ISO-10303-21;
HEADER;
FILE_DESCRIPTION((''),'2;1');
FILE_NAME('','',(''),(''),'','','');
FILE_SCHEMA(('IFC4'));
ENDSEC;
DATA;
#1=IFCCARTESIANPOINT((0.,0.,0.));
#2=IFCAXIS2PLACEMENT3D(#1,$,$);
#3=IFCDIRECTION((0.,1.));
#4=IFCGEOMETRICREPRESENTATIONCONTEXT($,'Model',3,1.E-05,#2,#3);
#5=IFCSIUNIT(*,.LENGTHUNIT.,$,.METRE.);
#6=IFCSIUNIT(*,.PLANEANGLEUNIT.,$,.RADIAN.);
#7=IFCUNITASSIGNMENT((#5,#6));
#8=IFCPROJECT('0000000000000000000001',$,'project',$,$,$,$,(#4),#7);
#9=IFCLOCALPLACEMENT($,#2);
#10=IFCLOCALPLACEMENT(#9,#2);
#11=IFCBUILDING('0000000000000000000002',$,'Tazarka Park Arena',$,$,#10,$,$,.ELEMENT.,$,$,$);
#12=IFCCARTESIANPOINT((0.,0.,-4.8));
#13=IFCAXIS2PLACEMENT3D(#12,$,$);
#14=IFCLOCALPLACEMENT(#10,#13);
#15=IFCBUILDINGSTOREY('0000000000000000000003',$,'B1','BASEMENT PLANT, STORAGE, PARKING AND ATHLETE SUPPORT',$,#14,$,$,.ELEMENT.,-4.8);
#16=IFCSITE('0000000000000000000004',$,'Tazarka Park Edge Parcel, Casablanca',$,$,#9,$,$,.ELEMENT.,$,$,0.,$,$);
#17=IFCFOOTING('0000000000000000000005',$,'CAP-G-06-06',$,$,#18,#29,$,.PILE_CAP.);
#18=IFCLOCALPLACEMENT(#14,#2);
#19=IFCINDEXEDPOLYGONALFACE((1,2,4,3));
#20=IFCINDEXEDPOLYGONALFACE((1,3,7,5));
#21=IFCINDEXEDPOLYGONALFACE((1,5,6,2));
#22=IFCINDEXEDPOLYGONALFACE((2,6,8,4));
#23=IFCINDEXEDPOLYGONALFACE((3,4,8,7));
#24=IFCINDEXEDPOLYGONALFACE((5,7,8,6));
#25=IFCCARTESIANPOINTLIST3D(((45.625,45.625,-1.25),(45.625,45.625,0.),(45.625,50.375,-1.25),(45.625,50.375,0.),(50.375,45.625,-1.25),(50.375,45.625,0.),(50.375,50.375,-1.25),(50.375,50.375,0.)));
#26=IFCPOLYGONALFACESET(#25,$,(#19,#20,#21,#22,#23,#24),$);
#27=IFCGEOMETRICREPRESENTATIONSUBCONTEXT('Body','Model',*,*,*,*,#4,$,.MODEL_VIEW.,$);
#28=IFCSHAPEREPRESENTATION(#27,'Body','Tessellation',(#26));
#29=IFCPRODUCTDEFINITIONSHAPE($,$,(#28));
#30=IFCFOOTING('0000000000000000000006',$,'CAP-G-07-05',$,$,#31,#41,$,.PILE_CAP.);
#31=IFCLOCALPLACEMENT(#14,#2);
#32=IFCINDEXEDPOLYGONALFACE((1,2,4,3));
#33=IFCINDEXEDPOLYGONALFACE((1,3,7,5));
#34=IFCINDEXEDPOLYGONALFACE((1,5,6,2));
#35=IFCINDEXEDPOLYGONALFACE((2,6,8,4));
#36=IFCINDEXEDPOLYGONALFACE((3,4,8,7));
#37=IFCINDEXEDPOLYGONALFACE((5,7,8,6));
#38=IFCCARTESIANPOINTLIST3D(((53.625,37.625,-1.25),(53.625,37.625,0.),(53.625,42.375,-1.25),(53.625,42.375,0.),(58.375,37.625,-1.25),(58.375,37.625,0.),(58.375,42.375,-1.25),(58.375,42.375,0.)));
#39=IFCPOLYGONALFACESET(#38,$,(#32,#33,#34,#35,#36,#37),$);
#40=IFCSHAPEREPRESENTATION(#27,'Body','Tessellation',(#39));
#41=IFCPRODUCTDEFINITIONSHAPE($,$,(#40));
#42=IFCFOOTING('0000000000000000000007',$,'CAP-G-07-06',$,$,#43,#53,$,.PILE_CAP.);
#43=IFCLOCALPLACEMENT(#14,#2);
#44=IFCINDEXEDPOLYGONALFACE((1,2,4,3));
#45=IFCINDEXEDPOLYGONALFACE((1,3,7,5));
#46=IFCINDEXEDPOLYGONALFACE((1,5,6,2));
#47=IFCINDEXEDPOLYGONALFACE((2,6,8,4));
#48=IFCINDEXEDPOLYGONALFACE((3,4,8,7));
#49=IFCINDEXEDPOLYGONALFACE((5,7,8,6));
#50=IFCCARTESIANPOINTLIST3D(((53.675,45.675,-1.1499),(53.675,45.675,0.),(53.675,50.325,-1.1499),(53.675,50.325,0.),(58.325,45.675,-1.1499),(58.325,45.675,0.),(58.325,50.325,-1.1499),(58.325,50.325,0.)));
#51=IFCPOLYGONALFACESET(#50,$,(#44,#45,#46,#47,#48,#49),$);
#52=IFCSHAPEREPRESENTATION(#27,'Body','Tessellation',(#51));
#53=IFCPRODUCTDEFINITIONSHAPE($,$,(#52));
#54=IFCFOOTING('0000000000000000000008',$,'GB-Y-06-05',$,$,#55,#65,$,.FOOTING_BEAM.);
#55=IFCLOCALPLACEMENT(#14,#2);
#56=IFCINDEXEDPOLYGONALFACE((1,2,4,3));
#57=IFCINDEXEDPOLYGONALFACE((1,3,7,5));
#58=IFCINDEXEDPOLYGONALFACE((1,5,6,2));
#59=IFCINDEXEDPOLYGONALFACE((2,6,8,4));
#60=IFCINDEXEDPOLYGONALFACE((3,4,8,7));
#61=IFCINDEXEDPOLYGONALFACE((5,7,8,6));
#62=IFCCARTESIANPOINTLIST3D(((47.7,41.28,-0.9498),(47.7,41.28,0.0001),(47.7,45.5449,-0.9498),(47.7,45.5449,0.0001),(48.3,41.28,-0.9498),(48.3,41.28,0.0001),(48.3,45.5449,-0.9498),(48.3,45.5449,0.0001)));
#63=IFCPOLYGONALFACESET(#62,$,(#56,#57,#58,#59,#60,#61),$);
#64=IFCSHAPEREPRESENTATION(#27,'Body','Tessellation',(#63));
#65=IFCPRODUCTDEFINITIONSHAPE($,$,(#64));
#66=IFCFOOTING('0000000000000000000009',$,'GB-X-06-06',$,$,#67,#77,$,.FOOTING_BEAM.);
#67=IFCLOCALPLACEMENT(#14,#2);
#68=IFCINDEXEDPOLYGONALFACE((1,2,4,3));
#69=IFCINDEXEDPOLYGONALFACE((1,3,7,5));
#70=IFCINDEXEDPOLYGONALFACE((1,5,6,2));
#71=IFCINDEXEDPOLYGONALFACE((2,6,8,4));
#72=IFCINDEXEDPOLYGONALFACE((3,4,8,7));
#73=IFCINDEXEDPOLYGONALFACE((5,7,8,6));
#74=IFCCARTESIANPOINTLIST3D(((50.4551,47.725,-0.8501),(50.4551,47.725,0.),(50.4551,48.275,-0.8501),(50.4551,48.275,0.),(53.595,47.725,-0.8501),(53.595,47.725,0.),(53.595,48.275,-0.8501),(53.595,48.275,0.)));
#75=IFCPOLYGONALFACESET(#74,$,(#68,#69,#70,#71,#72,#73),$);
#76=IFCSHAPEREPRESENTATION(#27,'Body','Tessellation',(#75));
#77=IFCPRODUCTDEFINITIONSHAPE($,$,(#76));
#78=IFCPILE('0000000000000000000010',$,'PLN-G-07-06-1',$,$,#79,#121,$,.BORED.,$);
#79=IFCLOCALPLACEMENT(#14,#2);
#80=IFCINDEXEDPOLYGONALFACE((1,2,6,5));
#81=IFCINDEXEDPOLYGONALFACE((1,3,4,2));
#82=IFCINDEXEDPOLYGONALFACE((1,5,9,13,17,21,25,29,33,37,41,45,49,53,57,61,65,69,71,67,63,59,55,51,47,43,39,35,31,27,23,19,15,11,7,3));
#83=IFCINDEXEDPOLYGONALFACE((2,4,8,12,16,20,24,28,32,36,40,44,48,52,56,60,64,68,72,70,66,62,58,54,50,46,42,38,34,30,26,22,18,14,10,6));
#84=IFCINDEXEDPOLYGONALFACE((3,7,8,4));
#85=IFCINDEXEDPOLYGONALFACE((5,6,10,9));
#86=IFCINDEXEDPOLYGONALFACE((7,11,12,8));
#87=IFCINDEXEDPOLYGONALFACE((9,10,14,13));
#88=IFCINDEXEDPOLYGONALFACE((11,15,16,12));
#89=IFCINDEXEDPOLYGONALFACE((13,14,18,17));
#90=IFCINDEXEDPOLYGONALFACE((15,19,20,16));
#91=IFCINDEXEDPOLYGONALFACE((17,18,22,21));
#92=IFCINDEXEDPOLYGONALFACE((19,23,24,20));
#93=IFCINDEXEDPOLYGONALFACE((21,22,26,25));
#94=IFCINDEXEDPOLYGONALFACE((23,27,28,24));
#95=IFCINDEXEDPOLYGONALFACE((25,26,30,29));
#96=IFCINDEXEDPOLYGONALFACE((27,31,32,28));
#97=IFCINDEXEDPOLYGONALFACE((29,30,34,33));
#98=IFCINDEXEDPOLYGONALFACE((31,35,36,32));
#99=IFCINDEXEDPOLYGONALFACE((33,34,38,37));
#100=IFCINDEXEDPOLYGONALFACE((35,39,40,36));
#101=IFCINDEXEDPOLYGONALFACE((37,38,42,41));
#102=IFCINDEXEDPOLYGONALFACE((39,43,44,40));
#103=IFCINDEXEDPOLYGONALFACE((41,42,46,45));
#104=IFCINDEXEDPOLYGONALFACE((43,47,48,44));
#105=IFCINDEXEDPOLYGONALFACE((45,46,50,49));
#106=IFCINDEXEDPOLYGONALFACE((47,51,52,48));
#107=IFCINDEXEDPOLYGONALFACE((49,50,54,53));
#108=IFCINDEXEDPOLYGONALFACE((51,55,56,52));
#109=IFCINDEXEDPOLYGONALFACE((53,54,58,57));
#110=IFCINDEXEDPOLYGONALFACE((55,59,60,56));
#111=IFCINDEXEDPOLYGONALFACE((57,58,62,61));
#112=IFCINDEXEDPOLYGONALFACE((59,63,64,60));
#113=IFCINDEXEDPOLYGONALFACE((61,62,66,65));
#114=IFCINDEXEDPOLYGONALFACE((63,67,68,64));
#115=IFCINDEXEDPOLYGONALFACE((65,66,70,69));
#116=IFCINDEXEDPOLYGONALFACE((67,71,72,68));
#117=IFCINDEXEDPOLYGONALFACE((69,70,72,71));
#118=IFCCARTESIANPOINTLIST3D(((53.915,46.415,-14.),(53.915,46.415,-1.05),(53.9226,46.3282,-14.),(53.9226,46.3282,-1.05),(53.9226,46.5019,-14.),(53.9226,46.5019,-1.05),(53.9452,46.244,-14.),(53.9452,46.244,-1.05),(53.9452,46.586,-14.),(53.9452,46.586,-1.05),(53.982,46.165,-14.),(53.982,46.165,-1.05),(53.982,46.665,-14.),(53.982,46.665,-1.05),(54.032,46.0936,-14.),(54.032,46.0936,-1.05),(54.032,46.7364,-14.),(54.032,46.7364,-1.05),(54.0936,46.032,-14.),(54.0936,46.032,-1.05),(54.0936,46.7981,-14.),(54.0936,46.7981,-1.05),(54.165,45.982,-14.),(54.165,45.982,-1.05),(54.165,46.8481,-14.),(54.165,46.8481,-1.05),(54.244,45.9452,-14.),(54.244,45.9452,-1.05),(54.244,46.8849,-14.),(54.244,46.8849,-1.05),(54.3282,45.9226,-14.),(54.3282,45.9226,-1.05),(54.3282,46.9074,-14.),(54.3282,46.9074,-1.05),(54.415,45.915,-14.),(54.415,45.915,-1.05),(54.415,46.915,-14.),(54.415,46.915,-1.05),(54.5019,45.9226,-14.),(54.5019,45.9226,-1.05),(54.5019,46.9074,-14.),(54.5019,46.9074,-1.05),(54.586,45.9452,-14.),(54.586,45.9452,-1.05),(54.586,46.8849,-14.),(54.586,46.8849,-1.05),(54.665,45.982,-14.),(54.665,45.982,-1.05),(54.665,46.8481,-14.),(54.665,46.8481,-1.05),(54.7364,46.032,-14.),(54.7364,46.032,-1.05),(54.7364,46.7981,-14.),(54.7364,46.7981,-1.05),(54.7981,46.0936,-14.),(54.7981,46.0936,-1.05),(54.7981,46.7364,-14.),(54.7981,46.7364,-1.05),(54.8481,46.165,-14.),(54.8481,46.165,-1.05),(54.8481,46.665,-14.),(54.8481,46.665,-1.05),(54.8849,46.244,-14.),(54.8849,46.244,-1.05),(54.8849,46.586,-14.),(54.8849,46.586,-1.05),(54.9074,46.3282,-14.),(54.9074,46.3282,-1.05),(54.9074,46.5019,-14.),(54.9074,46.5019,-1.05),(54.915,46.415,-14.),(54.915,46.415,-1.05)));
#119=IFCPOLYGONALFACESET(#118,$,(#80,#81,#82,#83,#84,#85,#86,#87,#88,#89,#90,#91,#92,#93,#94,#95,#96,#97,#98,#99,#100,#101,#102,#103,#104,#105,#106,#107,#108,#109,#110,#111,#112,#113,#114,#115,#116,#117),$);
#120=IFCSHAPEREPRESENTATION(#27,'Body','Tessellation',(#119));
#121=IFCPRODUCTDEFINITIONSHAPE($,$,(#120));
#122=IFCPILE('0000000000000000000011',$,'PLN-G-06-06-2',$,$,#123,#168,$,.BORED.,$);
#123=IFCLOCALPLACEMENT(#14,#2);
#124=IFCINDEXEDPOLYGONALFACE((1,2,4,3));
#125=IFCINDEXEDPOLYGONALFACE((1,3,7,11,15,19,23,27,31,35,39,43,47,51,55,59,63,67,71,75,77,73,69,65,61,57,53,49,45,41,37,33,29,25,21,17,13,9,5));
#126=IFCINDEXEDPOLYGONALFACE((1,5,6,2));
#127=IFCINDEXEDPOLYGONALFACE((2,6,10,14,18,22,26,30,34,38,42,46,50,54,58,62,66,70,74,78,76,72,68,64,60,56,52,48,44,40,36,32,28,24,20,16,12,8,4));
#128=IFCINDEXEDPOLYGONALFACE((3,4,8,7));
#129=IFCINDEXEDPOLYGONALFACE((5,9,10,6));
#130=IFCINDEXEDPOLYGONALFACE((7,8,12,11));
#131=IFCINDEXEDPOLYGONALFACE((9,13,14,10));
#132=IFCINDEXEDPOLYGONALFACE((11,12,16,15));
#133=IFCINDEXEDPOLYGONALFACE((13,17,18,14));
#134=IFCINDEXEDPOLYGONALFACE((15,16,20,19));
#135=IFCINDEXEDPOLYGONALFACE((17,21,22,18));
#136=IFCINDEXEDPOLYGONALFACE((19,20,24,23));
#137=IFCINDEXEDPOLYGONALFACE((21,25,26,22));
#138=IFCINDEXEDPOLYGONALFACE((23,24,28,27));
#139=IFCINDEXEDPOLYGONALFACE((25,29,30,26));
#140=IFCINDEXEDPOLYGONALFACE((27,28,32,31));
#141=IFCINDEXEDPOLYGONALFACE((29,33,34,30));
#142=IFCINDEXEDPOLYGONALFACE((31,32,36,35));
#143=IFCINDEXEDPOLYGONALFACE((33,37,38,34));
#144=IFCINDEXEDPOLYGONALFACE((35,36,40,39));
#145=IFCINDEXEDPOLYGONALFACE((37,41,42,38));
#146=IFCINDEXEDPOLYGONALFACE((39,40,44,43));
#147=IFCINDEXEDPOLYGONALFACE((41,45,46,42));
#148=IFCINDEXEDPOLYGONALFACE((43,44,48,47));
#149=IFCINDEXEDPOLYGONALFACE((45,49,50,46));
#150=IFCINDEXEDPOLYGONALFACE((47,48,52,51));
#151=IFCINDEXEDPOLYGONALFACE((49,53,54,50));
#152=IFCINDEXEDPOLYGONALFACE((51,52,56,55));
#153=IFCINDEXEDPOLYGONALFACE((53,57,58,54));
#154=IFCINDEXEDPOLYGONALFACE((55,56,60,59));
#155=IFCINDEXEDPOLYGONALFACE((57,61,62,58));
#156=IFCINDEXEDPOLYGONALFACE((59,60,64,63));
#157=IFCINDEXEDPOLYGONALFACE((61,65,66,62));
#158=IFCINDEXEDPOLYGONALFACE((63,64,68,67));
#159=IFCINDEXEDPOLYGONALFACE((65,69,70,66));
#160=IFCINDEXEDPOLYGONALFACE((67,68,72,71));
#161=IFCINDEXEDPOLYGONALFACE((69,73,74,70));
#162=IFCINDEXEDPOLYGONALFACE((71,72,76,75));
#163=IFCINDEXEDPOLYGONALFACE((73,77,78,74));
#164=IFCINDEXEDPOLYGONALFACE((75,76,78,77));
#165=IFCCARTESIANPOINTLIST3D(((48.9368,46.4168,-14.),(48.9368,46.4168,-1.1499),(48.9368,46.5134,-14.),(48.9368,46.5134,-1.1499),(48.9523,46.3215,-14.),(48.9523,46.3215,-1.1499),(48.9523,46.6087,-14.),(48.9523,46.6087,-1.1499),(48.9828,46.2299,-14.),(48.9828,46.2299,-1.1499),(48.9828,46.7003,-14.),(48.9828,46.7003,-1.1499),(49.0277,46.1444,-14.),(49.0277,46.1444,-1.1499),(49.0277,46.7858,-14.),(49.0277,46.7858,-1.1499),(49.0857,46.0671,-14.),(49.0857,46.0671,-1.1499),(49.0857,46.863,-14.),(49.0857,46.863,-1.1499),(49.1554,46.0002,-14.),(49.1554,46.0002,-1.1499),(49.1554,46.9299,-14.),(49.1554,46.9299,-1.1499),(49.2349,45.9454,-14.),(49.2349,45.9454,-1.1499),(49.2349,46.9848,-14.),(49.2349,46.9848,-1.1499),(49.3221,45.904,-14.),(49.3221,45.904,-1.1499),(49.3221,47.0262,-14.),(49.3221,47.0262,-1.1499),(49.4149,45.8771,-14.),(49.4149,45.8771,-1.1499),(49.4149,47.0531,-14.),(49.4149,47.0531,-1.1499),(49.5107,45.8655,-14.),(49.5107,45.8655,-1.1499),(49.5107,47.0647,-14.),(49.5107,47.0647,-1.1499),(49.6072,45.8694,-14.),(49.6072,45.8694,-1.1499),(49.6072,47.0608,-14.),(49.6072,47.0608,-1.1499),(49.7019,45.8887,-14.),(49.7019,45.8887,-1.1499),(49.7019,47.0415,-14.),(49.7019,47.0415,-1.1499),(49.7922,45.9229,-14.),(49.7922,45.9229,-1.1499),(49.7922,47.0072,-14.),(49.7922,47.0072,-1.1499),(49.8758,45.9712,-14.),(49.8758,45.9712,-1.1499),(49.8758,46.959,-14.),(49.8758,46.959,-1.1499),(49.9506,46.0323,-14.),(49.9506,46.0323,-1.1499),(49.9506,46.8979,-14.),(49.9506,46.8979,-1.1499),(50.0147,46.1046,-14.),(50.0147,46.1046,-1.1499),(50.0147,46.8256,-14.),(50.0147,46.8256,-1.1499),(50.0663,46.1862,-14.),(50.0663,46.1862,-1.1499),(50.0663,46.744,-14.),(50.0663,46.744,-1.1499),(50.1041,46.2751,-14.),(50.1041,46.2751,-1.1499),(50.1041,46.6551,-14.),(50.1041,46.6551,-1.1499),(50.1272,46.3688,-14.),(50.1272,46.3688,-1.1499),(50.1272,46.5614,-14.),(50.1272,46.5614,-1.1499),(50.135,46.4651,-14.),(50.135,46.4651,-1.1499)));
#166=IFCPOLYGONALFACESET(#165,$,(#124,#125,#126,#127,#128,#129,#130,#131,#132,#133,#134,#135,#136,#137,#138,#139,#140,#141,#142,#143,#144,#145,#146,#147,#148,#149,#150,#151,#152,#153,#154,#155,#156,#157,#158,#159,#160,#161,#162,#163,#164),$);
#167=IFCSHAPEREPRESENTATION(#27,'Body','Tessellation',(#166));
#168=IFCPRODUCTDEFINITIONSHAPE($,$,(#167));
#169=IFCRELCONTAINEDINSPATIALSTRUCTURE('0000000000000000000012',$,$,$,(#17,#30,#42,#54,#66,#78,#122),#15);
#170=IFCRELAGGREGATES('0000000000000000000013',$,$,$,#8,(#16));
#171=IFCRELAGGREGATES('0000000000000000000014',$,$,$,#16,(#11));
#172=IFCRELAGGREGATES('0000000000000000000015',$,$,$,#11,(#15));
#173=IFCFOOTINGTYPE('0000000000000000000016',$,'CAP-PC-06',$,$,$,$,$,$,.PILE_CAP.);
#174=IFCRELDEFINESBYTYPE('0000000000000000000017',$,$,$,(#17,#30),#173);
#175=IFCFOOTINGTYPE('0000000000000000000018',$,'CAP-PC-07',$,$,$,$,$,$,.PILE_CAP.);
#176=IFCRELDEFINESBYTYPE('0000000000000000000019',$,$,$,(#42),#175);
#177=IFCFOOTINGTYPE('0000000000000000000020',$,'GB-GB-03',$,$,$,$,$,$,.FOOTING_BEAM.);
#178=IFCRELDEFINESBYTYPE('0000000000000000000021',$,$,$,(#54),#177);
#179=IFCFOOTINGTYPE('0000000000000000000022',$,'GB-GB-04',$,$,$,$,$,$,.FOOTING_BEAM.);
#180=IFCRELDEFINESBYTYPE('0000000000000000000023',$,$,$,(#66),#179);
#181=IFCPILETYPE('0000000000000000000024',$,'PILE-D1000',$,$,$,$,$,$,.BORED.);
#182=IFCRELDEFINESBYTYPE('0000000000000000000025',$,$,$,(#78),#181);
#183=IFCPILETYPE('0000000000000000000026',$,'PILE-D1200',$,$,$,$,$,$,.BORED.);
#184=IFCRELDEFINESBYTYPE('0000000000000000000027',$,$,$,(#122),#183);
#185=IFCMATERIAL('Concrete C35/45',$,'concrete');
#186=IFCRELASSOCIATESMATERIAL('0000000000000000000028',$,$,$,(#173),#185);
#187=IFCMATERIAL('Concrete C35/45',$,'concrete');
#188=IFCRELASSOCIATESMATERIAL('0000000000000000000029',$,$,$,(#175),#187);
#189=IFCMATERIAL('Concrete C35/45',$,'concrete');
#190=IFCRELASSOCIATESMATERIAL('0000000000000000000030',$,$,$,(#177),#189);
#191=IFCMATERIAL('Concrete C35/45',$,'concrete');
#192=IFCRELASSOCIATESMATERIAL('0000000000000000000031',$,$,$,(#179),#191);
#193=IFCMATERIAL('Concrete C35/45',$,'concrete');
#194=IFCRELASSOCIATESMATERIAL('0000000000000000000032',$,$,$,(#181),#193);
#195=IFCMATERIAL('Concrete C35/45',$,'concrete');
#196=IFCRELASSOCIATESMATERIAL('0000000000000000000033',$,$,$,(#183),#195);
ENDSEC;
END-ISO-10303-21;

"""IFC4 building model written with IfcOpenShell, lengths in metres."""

from ifc_helpers import new_model, si_unit, direction, frame, origin, origin_2d, place, context, subcontext, project, spatial, rectangle, circle, extrude, material, material_profile, profile_set, type_object, element, save


model = new_model("IFC4")

# Units and contexts
model_context = context("Model", 3, precision=1e-05, world=origin(), true_north=direction((0.0, 1.0)))
body_context = subcontext(model_context, "Body", "Model", "MODEL_VIEW")
ifc_project = project(units=[si_unit("LENGTHUNIT", "METRE"), si_unit("PLANEANGLEUNIT", "RADIAN")], contexts=[model_context])

# Site, building, storey
site_placement = place(None, origin())
site = spatial("IfcSite", under=ifc_project, at=site_placement, Name="Tazarka Park Edge Parcel, Casablanca", CompositionType="ELEMENT", RefElevation=0.0)
building_placement = place(site_placement, origin())
building = spatial("IfcBuilding", under=site, at=building_placement, Name="Tazarka Park Arena", CompositionType="ELEMENT")
storey_placement = place(building_placement, frame((0.0, 0.0, -4.8)))
storey = spatial("IfcBuildingStorey", under=building, at=storey_placement, Name="B1", Description="BASEMENT PLANT, STORAGE, PARKING AND ATHLETE SUPPORT", CompositionType="ELEMENT", Elevation=-4.8)

# Footings
ifc_material_1 = material(Name="Concrete C35/45", Category="concrete")
footing_type_1 = type_object("IfcFootingType", Name="CAP-PC-06", PredefinedType="PILE_CAP", material=ifc_material_1)
for number, where, z_axis, x_axis, name in (
    (1, (48.0, 48.0, -1.25), (0.0, 0.0, 1.0), (1.0, 0.0, 0.0), "CAP-G-06-06"),
    (2, (56.0, 40.0, -1.25), (0.0, 0.0, 1.0), (1.0, 0.0, 0.0), "CAP-G-07-05"),
):
    element("IfcFooting", number, at=place(storey_placement, frame(where, z_axis=z_axis, x_axis=x_axis)), inside=storey, type_object=footing_type_1, Name=name, PredefinedType="PILE_CAP", context=body_context, shape_type="SweptSolid", body=[
        extrude(rectangle(XDim=4.75, YDim=4.75, at=origin_2d()), origin(), (0.0, 0.0, 1.0), 1.25),
    ])
ifc_material_2 = material(Name="Concrete C35/45", Category="concrete")
footing_type_2 = type_object("IfcFootingType", Name="CAP-PC-07", PredefinedType="PILE_CAP", material=ifc_material_2)
footing_1_placement = place(storey_placement, frame((56.0, 48.0, -1.1499), z_axis=(0.0, 0.0, 1.0), x_axis=(1.0, 0.0, 0.0)))
element("IfcFooting", 3, at=footing_1_placement, inside=storey, type_object=footing_type_2, Name="CAP-G-07-06", PredefinedType="PILE_CAP", context=body_context, shape_type="SweptSolid", body=[
    extrude(rectangle(XDim=4.6499, YDim=4.6499, at=origin_2d()), origin(), (0.0, 0.0, 1.0), 1.1499),
])
ifc_material_3 = material(Name="Concrete C35/45", Category="concrete")
ifc_material_profile_1 = material_profile(ifc_material_3, rectangle(XDim=0.6001, YDim=0.95, at=origin_2d()), Name="Concrete C35/45")
ifc_profile_set_1 = profile_set([ifc_material_profile_1], Name="Concrete C35/45")
footing_type_3 = type_object("IfcFootingType", Name="GB-GB-03", PredefinedType="FOOTING_BEAM", material=ifc_profile_set_1)
footing_2_placement = place(storey_placement, frame((48.0, 41.28, -0.4749), z_axis=(0.0, 1.0, 0.0), x_axis=(-1.0, 0.0, 0.0)))
element("IfcFooting", 4, at=footing_2_placement, inside=storey, type_object=footing_type_3, Name="GB-Y-06-05", PredefinedType="FOOTING_BEAM", context=body_context, shape_type="SweptSolid", body=[
    extrude(rectangle(XDim=0.6001, YDim=0.95, at=origin_2d()), origin(), (0.0, 0.0, 1.0), 4.2649),
])
ifc_material_4 = material(Name="Concrete C35/45", Category="concrete")
ifc_material_profile_2 = material_profile(ifc_material_4, rectangle(XDim=0.55, YDim=0.8501, at=origin_2d()), Name="Concrete C35/45")
ifc_profile_set_2 = profile_set([ifc_material_profile_2], Name="Concrete C35/45")
footing_type_4 = type_object("IfcFootingType", Name="GB-GB-04", PredefinedType="FOOTING_BEAM", material=ifc_profile_set_2)
footing_3_placement = place(storey_placement, frame((50.4551, 48.0, -0.425), z_axis=(1.0, 0.0, 0.0), x_axis=(0.0, 1.0, 0.0)))
element("IfcFooting", 5, at=footing_3_placement, inside=storey, type_object=footing_type_4, Name="GB-X-06-06", PredefinedType="FOOTING_BEAM", context=body_context, shape_type="SweptSolid", body=[
    extrude(rectangle(XDim=0.55, YDim=0.8501, at=origin_2d()), origin(), (0.0, 0.0, 1.0), 3.1399),
])

# Piles
ifc_material_5 = material(Name="Concrete C35/45", Category="concrete")
ifc_material_profile_3 = material_profile(ifc_material_5, circle(Radius=0.5, at=origin_2d()), Name="Concrete C35/45")
ifc_profile_set_3 = profile_set([ifc_material_profile_3], Name="Concrete C35/45")
pile_type_1 = type_object("IfcPileType", Name="PILE-D1000", PredefinedType="BORED", material=ifc_profile_set_3)
pile_1_placement = place(storey_placement, frame((54.415, 46.415, -1.05), z_axis=(0.0, 0.0, -1.0), x_axis=(1.0, 0.0, 0.0)))
element("IfcPile", 6, at=pile_1_placement, inside=storey, type_object=pile_type_1, Name="PLN-G-07-06-1", PredefinedType="BORED", context=body_context, shape_type="SweptSolid", body=[
    extrude(circle(Radius=0.5, at=origin_2d()), origin(), (0.0, 0.0, 1.0), 12.95),
])
ifc_material_6 = material(Name="Concrete C35/45", Category="concrete")
ifc_material_profile_4 = material_profile(ifc_material_6, circle(Radius=0.6001, at=origin_2d()), Name="Concrete C35/45")
ifc_profile_set_4 = profile_set([ifc_material_profile_4], Name="Concrete C35/45")
pile_type_2 = type_object("IfcPileType", Name="PILE-D1200", PredefinedType="BORED", material=ifc_profile_set_4)
pile_2_placement = place(storey_placement, frame((49.5349, 46.4651, -1.1499), z_axis=(0.0, 0.0, -1.0), x_axis=(1.0, 0.0, 0.0)))
element("IfcPile", 7, at=pile_2_placement, inside=storey, type_object=pile_type_2, Name="PLN-G-06-06-2", PredefinedType="BORED", context=body_context, shape_type="SweptSolid", body=[
    extrude(circle(Radius=0.6001, at=origin_2d()), origin(), (0.0, 0.0, 1.0), 12.8501),
])

save(model, "model.ifc")
